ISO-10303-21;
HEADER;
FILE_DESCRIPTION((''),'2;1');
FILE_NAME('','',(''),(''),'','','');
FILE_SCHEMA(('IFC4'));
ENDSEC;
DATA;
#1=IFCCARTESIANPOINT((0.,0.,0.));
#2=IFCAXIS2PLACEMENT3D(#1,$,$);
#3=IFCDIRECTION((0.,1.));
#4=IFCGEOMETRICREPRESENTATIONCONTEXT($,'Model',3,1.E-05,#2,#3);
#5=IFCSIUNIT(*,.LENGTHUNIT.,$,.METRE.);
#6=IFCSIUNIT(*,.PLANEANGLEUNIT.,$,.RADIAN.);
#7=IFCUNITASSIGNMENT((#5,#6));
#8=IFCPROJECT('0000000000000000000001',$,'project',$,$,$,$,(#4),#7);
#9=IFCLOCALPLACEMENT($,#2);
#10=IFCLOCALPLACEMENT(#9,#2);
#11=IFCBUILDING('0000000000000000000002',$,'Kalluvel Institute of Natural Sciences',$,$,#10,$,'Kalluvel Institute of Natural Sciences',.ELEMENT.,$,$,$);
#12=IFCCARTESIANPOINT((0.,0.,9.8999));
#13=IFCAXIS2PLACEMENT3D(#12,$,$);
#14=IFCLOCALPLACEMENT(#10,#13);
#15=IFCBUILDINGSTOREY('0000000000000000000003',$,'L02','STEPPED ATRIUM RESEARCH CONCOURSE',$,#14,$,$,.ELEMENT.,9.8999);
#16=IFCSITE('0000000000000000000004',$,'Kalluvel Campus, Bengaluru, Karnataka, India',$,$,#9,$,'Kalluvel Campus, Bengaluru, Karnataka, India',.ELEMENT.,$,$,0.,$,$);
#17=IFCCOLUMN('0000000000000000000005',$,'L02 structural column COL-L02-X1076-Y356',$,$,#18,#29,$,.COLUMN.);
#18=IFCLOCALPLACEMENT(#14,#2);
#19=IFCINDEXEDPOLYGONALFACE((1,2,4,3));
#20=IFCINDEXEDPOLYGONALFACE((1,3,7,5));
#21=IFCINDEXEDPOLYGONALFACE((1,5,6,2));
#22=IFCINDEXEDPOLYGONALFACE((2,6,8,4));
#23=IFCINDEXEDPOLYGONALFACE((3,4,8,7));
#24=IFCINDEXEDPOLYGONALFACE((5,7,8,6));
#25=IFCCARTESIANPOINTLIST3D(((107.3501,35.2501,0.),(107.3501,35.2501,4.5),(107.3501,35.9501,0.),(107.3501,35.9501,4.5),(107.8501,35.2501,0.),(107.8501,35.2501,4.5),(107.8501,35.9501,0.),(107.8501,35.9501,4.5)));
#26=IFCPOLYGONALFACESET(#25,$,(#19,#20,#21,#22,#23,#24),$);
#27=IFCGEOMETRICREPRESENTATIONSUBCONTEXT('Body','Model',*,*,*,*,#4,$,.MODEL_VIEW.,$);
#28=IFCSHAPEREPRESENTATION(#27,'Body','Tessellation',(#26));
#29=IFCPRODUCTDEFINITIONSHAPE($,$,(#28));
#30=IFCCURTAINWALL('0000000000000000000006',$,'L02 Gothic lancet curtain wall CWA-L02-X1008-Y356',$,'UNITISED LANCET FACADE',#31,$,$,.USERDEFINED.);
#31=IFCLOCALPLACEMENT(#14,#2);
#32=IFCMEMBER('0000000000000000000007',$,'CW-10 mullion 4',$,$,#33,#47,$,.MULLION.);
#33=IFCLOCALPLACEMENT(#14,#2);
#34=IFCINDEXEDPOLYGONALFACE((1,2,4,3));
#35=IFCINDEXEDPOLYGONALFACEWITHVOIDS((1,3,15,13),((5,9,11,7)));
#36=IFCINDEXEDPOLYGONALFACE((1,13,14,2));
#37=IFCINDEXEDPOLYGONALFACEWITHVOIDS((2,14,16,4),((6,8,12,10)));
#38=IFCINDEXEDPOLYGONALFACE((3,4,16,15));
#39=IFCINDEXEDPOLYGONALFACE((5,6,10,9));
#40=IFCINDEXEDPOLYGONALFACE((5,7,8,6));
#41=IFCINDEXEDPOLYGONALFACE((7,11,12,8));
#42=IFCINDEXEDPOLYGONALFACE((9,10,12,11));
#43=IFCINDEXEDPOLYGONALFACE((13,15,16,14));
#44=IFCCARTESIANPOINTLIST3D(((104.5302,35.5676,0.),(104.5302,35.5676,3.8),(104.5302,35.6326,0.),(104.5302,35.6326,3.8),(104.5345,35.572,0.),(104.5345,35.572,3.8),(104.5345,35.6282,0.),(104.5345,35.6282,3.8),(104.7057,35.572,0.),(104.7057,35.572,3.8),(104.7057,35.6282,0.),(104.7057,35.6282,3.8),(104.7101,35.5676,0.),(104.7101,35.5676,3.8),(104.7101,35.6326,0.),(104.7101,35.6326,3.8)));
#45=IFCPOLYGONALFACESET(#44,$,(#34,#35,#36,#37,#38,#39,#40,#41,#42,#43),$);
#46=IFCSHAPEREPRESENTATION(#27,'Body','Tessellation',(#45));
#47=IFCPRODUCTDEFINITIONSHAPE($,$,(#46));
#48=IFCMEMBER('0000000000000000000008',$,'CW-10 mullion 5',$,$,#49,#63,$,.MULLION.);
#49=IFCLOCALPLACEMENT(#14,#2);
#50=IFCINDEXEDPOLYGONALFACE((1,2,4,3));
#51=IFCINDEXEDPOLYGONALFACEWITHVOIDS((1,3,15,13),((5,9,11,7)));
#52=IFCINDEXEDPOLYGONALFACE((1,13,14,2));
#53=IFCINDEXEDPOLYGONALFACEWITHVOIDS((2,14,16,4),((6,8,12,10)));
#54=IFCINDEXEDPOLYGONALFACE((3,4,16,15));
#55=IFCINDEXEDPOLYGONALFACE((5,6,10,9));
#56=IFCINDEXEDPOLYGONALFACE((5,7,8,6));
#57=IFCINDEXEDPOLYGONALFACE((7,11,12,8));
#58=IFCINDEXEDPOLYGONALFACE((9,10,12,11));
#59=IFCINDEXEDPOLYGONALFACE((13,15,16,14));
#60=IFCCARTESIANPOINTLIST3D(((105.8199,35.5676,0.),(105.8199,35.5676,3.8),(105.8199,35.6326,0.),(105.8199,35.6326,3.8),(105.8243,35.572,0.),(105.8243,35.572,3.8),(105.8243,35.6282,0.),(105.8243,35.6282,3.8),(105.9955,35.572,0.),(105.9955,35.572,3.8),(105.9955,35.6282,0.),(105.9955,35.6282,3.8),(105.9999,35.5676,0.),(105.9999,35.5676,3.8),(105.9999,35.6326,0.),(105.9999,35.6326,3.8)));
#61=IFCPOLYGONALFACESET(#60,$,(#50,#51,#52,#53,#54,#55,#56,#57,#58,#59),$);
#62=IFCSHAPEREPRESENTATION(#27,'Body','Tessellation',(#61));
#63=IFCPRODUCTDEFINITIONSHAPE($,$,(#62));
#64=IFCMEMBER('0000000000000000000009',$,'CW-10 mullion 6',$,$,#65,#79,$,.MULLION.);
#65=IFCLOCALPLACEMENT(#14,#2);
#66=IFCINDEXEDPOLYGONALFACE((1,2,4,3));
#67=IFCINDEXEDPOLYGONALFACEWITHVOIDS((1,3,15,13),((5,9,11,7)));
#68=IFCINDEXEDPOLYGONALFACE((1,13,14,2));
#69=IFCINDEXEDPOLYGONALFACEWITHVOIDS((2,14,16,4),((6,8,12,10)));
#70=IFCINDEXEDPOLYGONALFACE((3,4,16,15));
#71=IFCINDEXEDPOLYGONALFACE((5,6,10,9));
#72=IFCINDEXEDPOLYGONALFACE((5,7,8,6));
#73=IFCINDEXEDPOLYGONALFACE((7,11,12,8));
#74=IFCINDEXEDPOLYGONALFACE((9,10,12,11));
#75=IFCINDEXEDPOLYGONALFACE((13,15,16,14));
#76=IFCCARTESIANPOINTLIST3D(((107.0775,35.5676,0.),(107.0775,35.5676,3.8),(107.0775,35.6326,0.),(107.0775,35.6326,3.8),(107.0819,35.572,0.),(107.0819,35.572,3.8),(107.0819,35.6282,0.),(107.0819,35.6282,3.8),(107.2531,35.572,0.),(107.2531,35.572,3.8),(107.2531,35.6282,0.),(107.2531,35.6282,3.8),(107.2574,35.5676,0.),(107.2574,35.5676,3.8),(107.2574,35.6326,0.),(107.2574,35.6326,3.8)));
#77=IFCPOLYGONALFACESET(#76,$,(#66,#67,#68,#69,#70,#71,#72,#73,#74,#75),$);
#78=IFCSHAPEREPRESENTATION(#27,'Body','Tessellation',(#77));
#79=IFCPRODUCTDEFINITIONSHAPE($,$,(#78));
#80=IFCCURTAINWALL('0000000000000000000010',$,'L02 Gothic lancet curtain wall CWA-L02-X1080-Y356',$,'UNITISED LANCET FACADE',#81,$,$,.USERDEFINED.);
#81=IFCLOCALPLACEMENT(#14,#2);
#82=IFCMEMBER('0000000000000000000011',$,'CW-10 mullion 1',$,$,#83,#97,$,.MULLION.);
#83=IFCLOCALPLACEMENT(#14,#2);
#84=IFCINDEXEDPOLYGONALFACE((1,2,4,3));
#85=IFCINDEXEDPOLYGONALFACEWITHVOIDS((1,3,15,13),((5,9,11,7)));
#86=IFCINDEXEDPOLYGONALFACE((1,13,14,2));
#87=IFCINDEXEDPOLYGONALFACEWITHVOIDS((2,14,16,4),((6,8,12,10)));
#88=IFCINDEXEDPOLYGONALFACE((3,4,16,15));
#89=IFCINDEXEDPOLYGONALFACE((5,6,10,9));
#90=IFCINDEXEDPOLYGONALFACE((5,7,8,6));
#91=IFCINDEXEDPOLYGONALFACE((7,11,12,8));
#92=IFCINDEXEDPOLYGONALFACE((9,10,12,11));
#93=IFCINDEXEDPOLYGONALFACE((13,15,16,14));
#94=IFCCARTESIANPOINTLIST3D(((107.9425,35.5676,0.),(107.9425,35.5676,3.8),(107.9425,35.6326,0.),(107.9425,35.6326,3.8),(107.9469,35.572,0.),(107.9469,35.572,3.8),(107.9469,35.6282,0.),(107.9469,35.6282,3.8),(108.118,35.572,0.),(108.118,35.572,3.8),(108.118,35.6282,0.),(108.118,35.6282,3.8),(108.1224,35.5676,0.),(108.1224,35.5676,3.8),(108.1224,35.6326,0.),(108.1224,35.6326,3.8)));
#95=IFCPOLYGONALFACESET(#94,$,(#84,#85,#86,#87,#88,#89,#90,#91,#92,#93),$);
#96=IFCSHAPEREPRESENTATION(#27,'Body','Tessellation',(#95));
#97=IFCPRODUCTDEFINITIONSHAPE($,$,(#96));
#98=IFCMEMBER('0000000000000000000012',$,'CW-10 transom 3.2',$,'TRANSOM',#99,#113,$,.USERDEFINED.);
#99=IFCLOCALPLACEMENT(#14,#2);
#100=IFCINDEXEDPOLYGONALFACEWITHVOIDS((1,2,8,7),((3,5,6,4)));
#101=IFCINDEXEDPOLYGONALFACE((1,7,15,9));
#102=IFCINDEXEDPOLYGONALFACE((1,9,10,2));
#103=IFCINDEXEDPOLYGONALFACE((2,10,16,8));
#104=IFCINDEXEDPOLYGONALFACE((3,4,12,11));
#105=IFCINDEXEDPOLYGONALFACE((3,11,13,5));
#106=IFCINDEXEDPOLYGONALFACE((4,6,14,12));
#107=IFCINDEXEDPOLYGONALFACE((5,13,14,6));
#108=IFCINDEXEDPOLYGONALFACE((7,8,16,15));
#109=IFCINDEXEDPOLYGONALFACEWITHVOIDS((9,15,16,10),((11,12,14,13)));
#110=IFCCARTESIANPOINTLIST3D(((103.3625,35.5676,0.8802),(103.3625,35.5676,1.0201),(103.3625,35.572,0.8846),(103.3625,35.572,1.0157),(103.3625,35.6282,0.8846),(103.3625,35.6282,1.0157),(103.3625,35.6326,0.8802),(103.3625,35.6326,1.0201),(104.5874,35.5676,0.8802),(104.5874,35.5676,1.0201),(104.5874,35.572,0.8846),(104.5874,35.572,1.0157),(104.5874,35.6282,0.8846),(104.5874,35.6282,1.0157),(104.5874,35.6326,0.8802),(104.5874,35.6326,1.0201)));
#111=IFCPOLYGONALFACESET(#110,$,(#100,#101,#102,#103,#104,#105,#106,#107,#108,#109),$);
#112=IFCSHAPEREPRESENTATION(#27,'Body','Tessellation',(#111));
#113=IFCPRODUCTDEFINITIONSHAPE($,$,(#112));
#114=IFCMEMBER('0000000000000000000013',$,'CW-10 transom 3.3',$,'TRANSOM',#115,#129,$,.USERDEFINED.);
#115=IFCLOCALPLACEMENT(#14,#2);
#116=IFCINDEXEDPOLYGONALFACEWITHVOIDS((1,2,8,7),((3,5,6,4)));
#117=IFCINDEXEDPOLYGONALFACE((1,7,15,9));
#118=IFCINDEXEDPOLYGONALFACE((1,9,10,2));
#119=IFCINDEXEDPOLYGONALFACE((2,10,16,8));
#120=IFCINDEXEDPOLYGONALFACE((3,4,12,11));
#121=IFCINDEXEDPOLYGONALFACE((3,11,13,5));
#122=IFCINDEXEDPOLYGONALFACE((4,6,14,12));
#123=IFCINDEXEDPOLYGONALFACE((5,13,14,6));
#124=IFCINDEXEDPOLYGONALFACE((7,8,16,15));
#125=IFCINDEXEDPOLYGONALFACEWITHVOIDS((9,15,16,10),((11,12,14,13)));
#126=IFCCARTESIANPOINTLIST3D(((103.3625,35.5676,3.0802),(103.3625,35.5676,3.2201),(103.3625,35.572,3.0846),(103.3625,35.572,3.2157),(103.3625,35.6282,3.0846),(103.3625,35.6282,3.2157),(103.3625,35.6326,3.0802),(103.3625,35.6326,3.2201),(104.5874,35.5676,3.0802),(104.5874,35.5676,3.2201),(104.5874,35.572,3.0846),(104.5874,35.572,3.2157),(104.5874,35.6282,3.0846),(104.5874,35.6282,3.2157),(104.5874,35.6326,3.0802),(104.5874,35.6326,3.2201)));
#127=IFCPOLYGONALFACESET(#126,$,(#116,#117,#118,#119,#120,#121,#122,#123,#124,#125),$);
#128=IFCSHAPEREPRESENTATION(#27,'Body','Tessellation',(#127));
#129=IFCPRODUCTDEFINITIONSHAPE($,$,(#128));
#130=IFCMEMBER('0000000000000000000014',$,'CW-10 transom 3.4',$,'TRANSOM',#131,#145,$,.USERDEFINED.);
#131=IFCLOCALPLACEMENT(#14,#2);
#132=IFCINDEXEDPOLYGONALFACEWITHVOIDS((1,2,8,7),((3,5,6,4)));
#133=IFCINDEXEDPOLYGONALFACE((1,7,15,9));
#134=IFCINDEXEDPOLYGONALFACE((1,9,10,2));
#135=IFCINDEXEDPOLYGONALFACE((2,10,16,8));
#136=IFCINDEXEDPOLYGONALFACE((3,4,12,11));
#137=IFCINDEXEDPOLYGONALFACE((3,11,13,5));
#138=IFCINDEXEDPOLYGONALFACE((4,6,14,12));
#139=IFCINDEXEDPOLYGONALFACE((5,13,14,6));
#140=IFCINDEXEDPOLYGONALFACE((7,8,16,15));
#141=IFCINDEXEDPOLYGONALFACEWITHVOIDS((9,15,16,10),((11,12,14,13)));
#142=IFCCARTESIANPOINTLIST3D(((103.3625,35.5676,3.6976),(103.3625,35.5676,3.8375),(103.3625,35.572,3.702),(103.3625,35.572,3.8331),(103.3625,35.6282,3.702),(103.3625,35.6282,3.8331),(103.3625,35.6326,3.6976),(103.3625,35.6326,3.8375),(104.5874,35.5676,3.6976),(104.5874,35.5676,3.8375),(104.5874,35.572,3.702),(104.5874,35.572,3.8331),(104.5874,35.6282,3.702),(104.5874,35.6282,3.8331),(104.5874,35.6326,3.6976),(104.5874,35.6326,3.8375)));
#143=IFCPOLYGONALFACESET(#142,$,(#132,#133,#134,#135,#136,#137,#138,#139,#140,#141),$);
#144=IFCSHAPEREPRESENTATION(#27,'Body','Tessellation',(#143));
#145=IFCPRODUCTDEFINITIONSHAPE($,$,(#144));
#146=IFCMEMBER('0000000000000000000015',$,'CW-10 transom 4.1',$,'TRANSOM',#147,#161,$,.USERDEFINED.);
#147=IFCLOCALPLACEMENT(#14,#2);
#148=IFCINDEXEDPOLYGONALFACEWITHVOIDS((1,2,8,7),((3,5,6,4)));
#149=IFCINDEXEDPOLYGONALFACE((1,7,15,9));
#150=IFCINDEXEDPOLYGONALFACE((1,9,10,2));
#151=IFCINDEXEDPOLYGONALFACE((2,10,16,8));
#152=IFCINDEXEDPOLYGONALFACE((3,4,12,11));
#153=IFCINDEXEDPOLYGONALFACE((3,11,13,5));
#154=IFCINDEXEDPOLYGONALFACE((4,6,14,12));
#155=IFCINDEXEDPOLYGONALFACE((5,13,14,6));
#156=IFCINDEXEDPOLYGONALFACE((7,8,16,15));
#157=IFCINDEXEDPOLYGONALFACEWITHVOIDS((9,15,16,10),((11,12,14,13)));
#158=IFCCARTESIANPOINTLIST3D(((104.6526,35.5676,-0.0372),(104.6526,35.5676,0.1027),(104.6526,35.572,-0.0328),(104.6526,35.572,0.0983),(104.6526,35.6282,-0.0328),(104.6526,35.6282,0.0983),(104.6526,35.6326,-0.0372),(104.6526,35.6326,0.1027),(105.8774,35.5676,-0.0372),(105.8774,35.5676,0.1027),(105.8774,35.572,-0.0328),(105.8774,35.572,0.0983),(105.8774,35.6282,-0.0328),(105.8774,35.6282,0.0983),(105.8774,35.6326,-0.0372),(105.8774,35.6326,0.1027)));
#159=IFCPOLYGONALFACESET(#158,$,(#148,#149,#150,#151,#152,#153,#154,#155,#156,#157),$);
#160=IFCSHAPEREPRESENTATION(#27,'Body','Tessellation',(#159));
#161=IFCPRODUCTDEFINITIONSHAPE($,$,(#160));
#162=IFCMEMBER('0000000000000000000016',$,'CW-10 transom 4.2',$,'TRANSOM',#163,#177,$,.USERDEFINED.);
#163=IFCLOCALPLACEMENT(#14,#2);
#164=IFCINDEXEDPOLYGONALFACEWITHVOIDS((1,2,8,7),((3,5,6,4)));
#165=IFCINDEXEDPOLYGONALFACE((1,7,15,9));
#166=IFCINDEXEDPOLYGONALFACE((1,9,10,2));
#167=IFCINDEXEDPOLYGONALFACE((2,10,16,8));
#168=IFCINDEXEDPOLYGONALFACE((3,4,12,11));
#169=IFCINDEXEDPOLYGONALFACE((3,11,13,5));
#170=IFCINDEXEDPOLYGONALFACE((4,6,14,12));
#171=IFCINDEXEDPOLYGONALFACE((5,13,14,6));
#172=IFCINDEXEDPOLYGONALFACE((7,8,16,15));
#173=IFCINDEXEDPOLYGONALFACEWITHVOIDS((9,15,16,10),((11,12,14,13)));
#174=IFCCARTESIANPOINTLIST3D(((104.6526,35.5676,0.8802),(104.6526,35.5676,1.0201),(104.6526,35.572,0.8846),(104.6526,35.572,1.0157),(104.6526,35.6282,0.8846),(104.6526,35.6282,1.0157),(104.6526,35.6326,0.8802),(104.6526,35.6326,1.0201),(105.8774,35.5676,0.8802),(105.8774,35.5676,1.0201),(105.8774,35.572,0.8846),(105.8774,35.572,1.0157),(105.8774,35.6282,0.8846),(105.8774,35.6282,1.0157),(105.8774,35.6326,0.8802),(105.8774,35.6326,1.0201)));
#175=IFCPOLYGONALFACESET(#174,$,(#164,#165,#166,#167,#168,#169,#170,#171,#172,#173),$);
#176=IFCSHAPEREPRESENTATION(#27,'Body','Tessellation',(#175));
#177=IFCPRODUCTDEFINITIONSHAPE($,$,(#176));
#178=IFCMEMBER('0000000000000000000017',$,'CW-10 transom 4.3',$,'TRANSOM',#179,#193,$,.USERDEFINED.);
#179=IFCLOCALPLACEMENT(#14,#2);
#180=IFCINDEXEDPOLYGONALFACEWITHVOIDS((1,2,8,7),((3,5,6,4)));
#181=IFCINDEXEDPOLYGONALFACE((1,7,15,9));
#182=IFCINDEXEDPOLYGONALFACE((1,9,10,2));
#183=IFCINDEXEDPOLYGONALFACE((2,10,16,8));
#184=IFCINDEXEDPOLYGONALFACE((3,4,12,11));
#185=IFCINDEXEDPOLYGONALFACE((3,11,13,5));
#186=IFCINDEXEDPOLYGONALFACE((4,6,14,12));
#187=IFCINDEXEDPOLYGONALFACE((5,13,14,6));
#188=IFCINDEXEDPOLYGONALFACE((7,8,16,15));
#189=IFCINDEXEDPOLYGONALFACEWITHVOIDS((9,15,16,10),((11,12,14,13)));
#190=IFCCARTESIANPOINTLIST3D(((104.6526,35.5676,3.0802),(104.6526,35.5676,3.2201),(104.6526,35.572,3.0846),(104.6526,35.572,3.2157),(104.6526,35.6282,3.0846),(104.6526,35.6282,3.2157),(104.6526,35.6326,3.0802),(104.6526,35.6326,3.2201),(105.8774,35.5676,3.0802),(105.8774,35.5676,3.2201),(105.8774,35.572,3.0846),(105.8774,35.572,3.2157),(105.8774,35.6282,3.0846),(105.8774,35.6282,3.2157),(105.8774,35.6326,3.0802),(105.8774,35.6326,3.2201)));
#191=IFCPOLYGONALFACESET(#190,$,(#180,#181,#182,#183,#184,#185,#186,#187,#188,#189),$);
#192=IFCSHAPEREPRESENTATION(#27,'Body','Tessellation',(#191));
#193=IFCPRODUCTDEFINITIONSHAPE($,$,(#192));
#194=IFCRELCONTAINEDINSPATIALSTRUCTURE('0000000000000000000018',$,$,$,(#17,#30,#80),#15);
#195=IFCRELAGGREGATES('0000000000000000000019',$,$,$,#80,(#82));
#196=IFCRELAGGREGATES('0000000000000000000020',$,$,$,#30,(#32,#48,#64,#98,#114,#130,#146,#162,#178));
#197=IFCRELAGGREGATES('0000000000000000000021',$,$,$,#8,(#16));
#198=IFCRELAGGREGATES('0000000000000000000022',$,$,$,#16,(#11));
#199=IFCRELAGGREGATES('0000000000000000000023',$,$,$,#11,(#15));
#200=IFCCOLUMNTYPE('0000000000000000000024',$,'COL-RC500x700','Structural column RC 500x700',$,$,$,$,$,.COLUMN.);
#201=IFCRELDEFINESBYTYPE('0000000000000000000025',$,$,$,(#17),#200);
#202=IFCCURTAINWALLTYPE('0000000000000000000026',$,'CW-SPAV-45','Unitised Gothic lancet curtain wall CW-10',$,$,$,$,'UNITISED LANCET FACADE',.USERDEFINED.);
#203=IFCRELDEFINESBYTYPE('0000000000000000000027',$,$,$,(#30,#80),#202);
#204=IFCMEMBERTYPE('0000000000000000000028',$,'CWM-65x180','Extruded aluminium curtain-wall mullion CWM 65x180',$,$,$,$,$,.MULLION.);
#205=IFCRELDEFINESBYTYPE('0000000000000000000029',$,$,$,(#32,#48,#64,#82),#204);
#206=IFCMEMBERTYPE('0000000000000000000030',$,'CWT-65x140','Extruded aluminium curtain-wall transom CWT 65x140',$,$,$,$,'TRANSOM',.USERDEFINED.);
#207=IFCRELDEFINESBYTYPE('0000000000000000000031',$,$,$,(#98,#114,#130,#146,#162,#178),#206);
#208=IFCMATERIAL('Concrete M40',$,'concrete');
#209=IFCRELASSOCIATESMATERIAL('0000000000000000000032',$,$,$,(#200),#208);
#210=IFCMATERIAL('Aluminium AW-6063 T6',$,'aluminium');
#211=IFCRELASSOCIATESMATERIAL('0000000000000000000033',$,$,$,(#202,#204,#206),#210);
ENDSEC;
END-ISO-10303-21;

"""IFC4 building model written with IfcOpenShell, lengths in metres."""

from ifc_helpers import new_model, si_unit, direction, frame, origin, origin_2d, place, context, subcontext, project, spatial, rectangle, hollow_rectangle, extrude, material, material_profile, profile_set, type_object, element, aggregate, save


model = new_model("IFC4")

# Units and contexts
model_context = context("Model", 3, precision=1e-05, world=origin(), true_north=direction((0.0, 1.0)))
body_context = subcontext(model_context, "Body", "Model", "MODEL_VIEW")
ifc_project = project(units=[si_unit("LENGTHUNIT", "METRE"), si_unit("PLANEANGLEUNIT", "RADIAN")], contexts=[model_context])

# Site, building, storey
site_placement = place(None, origin())
site = spatial("IfcSite", under=ifc_project, at=site_placement, Name="Kalluvel Campus, Bengaluru, Karnataka, India", LongName="Kalluvel Campus, Bengaluru, Karnataka, India", CompositionType="ELEMENT", RefElevation=0.0)
building_placement = place(site_placement, origin())
building = spatial("IfcBuilding", under=site, at=building_placement, Name="Kalluvel Institute of Natural Sciences", LongName="Kalluvel Institute of Natural Sciences", CompositionType="ELEMENT")
storey_placement = place(building_placement, frame((0.0, 0.0, 9.8999)))
storey = spatial("IfcBuildingStorey", under=building, at=storey_placement, Name="L02", Description="STEPPED ATRIUM RESEARCH CONCOURSE", CompositionType="ELEMENT", Elevation=9.8999)

# Column
ifc_material_1 = material(Name="Concrete M40", Category="concrete")
ifc_material_profile_1 = material_profile(ifc_material_1, rectangle(XDim=0.5, YDim=0.7, at=origin_2d()), Name="RC 500x700")
ifc_profile_set_1 = profile_set([ifc_material_profile_1], Name="Concrete M40")
column_type = type_object("IfcColumnType", Name="COL-RC500x700", Description="Structural column RC 500x700", PredefinedType="COLUMN", material=ifc_profile_set_1)
column_placement = place(storey_placement, frame((107.6001, 35.6001, 0.0), z_axis=(0.0, 0.0, 1.0), x_axis=(1.0, 0.0, 0.0)))
element("IfcColumn", 1, at=column_placement, inside=storey, type_object=column_type, Name="L02 structural column COL-L02-X1076-Y356", PredefinedType="COLUMN", context=body_context, shape_type="SweptSolid", body=[
    extrude(rectangle(XDim=0.5, YDim=0.7, at=origin_2d()), origin(), (0.0, 0.0, 1.0), 4.5),
])

# Curtain wall, members
ifc_material_2 = material(Name="Aluminium AW-6063 T6", Category="aluminium")
curtain_wall_type = type_object("IfcCurtainWallType", Name="CW-SPAV-45", Description="Unitised Gothic lancet curtain wall CW-10", ElementType="UNITISED LANCET FACADE", PredefinedType="USERDEFINED", material=ifc_material_2)
curtain_wall_1_placement = place(storey_placement, origin())
curtain_wall_1 = element("IfcCurtainWall", 2, at=curtain_wall_1_placement, inside=storey, type_object=curtain_wall_type, Name="L02 Gothic lancet curtain wall CWA-L02-X1008-Y356", ObjectType="UNITISED LANCET FACADE", PredefinedType="USERDEFINED")
ifc_material_profile_2 = material_profile(ifc_material_2, hollow_rectangle(XDim=0.0649, YDim=0.1799, WallThickness=0.0044, at=origin_2d()), Name="CWM 65x180")
ifc_profile_set_2 = profile_set([ifc_material_profile_2], Name="Aluminium AW-6063 T6")
member_type_1 = type_object("IfcMemberType", Name="CWM-65x180", Description="Extruded aluminium curtain-wall mullion CWM 65x180", PredefinedType="MULLION", material=ifc_profile_set_2)
member_1_placement = place(storey_placement, frame((104.6201, 35.6001, 0.0), z_axis=(0.0, 0.0, 1.0), x_axis=(0.0, 1.0, 0.0)))
member_1 = element("IfcMember", 3, at=member_1_placement, type_object=member_type_1, Name="CW-10 mullion 4", PredefinedType="MULLION", context=body_context, shape_type="SweptSolid", body=[
    extrude(hollow_rectangle(XDim=0.0649, YDim=0.1799, WallThickness=0.0044, at=origin_2d()), origin(), (0.0, 0.0, 1.0), 3.8),
])
member_2_placement = place(storey_placement, frame((105.9099, 35.6001, 0.0), z_axis=(0.0, 0.0, 1.0), x_axis=(0.0, 1.0, 0.0)))
member_2 = element("IfcMember", 4, at=member_2_placement, type_object=member_type_1, Name="CW-10 mullion 5", PredefinedType="MULLION", context=body_context, shape_type="SweptSolid", body=[
    extrude(hollow_rectangle(XDim=0.0649, YDim=0.1799, WallThickness=0.0044, at=origin_2d()), origin(), (0.0, 0.0, 1.0), 3.8),
])
member_3_placement = place(storey_placement, frame((107.1675, 35.6001, 0.0), z_axis=(0.0, 0.0, 1.0), x_axis=(0.0, 1.0, 0.0)))
member_3 = element("IfcMember", 5, at=member_3_placement, type_object=member_type_1, Name="CW-10 mullion 6", PredefinedType="MULLION", context=body_context, shape_type="SweptSolid", body=[
    extrude(hollow_rectangle(XDim=0.0649, YDim=0.1799, WallThickness=0.0044, at=origin_2d()), origin(), (0.0, 0.0, 1.0), 3.8),
])

# Curtain wall, member
curtain_wall_2_placement = place(storey_placement, origin())
curtain_wall_2 = element("IfcCurtainWall", 6, at=curtain_wall_2_placement, inside=storey, type_object=curtain_wall_type, Name="L02 Gothic lancet curtain wall CWA-L02-X1080-Y356", ObjectType="UNITISED LANCET FACADE", PredefinedType="USERDEFINED")
member_4_placement = place(storey_placement, frame((108.0325, 35.6001, 0.0), z_axis=(0.0, 0.0, 1.0), x_axis=(0.0, 1.0, 0.0)))
member_4 = element("IfcMember", 7, at=member_4_placement, type_object=member_type_1, Name="CW-10 mullion 1", PredefinedType="MULLION", context=body_context, shape_type="SweptSolid", body=[
    extrude(hollow_rectangle(XDim=0.0649, YDim=0.1799, WallThickness=0.0044, at=origin_2d()), origin(), (0.0, 0.0, 1.0), 3.8),
])

# Members
ifc_material_profile_3 = material_profile(ifc_material_2, hollow_rectangle(XDim=0.0649, YDim=0.1399, WallThickness=0.0044, at=origin_2d()), Name="CWT 65x140")
ifc_profile_set_3 = profile_set([ifc_material_profile_3], Name="Aluminium AW-6063 T6")
member_type_2 = type_object("IfcMemberType", Name="CWT-65x140", Description="Extruded aluminium curtain-wall transom CWT 65x140", ElementType="TRANSOM", PredefinedType="USERDEFINED", material=ifc_profile_set_3)
member_5_placement = place(storey_placement, frame((103.3625, 35.6001, 0.9502), z_axis=(1.0, 0.0, 0.0), x_axis=(0.0, 1.0, 0.0)))
member_5 = element("IfcMember", 8, at=member_5_placement, type_object=member_type_2, Name="CW-10 transom 3.2", ObjectType="TRANSOM", PredefinedType="USERDEFINED", context=body_context, shape_type="SweptSolid", body=[
    extrude(hollow_rectangle(XDim=0.0649, YDim=0.1399, WallThickness=0.0044, at=origin_2d()), origin(), (0.0, 0.0, 1.0), 1.2249),
])
member_6_placement = place(storey_placement, frame((103.3625, 35.6001, 3.1501), z_axis=(1.0, 0.0, 0.0), x_axis=(0.0, 1.0, 0.0)))
member_6 = element("IfcMember", 9, at=member_6_placement, type_object=member_type_2, Name="CW-10 transom 3.3", ObjectType="TRANSOM", PredefinedType="USERDEFINED", context=body_context, shape_type="SweptSolid", body=[
    extrude(hollow_rectangle(XDim=0.0649, YDim=0.1399, WallThickness=0.0044, at=origin_2d()), origin(), (0.0, 0.0, 1.0), 1.2249),
])
member_7_placement = place(storey_placement, frame((103.3625, 35.6001, 3.7676), z_axis=(1.0, 0.0, 0.0), x_axis=(0.0, 1.0, 0.0)))
member_7 = element("IfcMember", 10, at=member_7_placement, type_object=member_type_2, Name="CW-10 transom 3.4", ObjectType="TRANSOM", PredefinedType="USERDEFINED", context=body_context, shape_type="SweptSolid", body=[
    extrude(hollow_rectangle(XDim=0.0649, YDim=0.1399, WallThickness=0.0044, at=origin_2d()), origin(), (0.0, 0.0, 1.0), 1.2249),
])
member_8_placement = place(storey_placement, frame((104.6526, 35.6001, 0.0327), z_axis=(1.0, 0.0, 0.0), x_axis=(0.0, 1.0, 0.0)))
member_8 = element("IfcMember", 11, at=member_8_placement, type_object=member_type_2, Name="CW-10 transom 4.1", ObjectType="TRANSOM", PredefinedType="USERDEFINED", context=body_context, shape_type="SweptSolid", body=[
    extrude(hollow_rectangle(XDim=0.0649, YDim=0.1399, WallThickness=0.0044, at=origin_2d()), origin(), (0.0, 0.0, 1.0), 1.2249),
])
member_9_placement = place(storey_placement, frame((104.6526, 35.6001, 0.9502), z_axis=(1.0, 0.0, 0.0), x_axis=(0.0, 1.0, 0.0)))
member_9 = element("IfcMember", 12, at=member_9_placement, type_object=member_type_2, Name="CW-10 transom 4.2", ObjectType="TRANSOM", PredefinedType="USERDEFINED", context=body_context, shape_type="SweptSolid", body=[
    extrude(hollow_rectangle(XDim=0.0649, YDim=0.1399, WallThickness=0.0044, at=origin_2d()), origin(), (0.0, 0.0, 1.0), 1.2249),
])
member_10_placement = place(storey_placement, frame((104.6526, 35.6001, 3.1501), z_axis=(1.0, 0.0, 0.0), x_axis=(0.0, 1.0, 0.0)))
member_10 = element("IfcMember", 13, at=member_10_placement, type_object=member_type_2, Name="CW-10 transom 4.3", ObjectType="TRANSOM", PredefinedType="USERDEFINED", context=body_context, shape_type="SweptSolid", body=[
    extrude(hollow_rectangle(XDim=0.0649, YDim=0.1399, WallThickness=0.0044, at=origin_2d()), origin(), (0.0, 0.0, 1.0), 1.2249),
])
aggregate(curtain_wall_2, [member_4])

aggregate(curtain_wall_1, [member_1, member_2, member_3, member_5, member_6, member_7, member_8, member_9, member_10])

save(model, "model.ifc")
